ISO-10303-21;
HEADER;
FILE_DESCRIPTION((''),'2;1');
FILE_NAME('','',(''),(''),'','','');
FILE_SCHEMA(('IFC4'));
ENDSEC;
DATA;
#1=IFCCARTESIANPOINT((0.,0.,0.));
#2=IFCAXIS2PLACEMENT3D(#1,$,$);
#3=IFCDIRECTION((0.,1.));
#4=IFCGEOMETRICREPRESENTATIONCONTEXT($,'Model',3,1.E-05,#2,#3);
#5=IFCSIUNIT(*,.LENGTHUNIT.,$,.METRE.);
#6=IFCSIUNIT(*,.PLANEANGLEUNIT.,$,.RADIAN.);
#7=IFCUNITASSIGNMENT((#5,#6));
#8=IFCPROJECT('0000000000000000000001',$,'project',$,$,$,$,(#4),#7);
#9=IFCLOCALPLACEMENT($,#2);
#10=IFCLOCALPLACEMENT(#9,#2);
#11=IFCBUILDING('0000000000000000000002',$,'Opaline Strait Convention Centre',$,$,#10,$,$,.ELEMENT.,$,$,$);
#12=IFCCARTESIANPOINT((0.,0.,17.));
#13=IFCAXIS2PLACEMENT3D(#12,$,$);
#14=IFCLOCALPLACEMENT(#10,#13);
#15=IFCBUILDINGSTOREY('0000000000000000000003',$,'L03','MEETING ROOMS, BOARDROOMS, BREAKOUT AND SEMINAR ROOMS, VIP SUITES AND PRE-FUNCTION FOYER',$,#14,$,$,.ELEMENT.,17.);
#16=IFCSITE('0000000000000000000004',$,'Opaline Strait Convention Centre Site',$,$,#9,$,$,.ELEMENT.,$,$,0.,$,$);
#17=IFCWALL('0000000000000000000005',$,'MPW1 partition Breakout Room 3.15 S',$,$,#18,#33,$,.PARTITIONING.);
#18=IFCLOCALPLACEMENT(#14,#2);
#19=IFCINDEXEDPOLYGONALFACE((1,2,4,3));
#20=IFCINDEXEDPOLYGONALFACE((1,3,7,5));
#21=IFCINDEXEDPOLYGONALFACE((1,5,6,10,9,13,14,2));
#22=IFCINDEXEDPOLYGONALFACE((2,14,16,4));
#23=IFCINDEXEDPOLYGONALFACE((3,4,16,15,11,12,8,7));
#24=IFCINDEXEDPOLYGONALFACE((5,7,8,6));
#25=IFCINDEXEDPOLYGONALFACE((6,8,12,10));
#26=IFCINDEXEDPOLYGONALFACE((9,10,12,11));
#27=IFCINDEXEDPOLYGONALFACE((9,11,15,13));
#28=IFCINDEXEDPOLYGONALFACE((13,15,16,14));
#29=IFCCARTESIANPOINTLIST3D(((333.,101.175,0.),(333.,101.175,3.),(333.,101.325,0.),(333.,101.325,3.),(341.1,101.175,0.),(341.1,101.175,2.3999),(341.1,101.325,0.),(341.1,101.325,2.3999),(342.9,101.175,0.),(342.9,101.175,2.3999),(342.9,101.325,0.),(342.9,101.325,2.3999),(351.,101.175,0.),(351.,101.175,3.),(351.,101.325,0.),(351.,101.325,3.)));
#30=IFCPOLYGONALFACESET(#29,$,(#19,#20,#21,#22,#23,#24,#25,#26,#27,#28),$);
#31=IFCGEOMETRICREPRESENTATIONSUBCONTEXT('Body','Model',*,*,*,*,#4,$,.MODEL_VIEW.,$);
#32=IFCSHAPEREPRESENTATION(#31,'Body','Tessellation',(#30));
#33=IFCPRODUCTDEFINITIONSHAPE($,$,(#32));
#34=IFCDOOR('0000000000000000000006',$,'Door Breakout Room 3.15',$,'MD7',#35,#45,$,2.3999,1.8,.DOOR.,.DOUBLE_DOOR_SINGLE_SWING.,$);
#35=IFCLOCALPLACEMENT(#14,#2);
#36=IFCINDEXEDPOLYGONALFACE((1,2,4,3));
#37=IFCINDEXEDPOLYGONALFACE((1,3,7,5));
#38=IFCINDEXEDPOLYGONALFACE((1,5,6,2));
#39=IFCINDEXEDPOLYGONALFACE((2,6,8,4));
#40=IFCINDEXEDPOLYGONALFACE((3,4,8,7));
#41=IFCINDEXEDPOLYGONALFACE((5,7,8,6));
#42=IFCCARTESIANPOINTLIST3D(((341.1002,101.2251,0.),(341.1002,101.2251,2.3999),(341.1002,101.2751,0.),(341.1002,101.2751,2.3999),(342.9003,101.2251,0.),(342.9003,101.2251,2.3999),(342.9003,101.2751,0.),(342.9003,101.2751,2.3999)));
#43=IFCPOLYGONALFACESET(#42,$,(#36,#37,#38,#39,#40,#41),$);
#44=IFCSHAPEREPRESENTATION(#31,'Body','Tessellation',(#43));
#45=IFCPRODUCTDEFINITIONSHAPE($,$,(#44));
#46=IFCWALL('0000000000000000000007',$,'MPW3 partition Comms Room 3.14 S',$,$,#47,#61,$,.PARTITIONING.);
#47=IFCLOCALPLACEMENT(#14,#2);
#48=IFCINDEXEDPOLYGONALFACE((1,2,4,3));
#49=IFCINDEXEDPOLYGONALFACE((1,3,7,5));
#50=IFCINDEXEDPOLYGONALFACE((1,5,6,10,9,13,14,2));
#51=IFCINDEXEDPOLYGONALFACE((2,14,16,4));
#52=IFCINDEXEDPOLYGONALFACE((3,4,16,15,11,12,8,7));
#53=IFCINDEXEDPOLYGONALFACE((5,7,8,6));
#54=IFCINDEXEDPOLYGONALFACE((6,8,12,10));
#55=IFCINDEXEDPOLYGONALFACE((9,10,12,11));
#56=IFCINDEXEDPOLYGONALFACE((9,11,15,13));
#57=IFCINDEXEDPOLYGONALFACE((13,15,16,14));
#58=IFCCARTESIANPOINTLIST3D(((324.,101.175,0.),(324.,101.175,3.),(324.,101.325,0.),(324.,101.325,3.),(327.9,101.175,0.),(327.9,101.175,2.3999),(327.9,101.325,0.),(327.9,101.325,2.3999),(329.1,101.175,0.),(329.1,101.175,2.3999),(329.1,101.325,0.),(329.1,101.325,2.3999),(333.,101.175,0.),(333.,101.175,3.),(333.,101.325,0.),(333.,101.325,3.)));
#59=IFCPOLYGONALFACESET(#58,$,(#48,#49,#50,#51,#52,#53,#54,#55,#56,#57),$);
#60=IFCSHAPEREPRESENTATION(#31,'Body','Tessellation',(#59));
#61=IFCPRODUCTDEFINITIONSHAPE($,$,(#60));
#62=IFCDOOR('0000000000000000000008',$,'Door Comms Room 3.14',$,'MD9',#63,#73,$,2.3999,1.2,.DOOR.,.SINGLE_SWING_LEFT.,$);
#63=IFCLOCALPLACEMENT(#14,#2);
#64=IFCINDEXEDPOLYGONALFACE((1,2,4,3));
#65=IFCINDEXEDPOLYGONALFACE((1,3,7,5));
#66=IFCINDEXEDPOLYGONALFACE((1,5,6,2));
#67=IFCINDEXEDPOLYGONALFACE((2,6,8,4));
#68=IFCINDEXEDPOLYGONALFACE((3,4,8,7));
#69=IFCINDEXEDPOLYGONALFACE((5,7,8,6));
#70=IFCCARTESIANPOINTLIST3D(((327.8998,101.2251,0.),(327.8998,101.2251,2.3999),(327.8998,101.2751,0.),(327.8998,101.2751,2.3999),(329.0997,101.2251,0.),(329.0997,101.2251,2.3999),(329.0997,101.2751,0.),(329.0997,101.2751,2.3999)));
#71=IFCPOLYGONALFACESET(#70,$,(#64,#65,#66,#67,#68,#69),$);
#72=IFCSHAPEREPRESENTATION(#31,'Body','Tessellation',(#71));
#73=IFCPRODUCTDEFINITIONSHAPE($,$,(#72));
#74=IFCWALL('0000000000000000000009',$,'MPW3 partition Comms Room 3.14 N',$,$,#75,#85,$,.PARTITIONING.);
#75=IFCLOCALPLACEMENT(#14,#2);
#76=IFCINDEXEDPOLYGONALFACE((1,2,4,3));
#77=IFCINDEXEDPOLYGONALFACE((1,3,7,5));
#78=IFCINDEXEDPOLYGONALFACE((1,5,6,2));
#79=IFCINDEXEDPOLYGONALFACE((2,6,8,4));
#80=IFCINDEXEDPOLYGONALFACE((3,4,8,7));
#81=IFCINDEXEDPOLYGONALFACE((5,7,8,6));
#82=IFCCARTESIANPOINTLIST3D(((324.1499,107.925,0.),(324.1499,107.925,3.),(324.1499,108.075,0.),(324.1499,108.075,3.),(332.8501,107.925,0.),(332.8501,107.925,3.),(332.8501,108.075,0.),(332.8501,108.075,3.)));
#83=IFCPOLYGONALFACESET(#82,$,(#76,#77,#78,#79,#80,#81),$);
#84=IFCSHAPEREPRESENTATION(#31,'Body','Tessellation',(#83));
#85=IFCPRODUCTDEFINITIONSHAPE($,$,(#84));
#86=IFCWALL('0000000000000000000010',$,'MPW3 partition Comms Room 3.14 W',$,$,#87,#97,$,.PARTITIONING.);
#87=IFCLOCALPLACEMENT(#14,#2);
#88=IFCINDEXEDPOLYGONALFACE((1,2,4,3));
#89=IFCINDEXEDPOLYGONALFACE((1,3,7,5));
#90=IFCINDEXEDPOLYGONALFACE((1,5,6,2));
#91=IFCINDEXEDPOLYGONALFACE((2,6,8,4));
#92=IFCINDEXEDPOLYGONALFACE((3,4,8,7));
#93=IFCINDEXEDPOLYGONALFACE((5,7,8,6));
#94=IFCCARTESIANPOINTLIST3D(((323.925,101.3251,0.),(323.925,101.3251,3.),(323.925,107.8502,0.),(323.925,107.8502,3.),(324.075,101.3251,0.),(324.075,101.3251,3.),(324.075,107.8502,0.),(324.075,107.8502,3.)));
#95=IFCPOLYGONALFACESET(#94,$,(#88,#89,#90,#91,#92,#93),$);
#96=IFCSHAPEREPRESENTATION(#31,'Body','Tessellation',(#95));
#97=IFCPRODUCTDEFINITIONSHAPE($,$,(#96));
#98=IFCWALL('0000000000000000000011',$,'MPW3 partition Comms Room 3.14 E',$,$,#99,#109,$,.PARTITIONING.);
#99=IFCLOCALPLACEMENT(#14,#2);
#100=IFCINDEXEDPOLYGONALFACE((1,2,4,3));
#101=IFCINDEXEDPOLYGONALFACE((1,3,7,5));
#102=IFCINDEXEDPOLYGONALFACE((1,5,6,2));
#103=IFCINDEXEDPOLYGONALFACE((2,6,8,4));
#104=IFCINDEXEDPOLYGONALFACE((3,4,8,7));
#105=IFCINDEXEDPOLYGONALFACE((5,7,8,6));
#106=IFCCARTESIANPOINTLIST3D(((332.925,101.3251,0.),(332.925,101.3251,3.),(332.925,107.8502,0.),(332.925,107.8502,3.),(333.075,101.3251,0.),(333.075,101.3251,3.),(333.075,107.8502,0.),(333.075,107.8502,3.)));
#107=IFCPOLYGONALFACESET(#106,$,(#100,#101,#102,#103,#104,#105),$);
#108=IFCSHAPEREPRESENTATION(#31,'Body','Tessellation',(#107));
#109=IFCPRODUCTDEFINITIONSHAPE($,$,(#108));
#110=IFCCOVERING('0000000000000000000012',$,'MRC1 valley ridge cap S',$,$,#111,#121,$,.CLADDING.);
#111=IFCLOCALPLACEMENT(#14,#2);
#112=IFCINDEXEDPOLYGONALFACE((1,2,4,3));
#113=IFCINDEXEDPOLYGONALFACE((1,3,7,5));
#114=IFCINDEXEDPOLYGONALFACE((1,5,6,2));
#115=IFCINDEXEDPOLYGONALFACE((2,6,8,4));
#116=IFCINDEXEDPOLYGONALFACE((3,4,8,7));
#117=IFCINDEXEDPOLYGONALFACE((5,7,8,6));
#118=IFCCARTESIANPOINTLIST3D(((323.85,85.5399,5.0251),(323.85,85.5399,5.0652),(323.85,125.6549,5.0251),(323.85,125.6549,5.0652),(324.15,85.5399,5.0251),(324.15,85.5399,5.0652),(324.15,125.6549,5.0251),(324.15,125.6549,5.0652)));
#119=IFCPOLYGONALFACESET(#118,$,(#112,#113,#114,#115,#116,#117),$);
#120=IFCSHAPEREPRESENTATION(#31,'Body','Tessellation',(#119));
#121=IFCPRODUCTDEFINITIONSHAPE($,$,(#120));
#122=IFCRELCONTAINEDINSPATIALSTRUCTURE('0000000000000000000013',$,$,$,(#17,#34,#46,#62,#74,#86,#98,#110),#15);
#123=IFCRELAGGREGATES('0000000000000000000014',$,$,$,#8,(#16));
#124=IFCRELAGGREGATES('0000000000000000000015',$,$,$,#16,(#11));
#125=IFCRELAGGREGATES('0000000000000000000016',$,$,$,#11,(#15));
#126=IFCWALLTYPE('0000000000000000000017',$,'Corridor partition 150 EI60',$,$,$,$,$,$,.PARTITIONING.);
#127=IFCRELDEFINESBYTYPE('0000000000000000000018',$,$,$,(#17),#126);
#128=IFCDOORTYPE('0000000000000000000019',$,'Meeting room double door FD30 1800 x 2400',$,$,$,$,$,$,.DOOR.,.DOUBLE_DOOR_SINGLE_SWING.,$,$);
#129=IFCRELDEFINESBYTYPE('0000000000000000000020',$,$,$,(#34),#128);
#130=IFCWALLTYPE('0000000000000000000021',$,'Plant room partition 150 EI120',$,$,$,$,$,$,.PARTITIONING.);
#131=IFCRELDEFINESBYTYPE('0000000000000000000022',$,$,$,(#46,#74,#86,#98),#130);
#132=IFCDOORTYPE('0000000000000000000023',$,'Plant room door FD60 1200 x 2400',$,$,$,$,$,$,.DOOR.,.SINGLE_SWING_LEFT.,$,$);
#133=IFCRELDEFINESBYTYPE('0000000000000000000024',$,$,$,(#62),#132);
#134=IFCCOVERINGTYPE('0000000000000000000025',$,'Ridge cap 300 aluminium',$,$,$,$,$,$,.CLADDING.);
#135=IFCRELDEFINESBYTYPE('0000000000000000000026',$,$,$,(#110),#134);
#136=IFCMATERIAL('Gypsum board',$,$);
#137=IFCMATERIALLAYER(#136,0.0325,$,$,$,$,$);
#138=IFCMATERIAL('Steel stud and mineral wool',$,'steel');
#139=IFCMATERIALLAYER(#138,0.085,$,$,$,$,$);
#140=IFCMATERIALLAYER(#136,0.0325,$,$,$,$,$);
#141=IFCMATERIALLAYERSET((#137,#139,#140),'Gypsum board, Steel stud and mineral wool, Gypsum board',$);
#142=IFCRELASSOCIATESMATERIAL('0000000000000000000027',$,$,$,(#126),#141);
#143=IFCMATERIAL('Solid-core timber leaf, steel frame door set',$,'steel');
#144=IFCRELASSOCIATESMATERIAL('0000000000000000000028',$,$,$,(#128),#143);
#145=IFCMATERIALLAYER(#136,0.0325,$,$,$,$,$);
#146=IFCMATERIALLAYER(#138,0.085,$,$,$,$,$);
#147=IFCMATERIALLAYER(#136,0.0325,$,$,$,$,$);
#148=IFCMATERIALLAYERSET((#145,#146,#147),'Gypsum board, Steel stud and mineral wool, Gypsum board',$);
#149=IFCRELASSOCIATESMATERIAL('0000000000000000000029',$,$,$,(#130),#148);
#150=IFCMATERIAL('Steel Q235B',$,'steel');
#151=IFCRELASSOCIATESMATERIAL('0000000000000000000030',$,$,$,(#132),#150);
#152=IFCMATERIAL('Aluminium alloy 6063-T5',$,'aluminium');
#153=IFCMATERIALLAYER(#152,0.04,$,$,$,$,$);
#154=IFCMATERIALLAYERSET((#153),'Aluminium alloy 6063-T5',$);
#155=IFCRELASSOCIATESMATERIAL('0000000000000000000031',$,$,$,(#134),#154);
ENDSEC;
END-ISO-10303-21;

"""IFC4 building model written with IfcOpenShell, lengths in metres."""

from ifc_helpers import new_model, si_unit, direction, frame, frame_2d, origin, origin_2d, place, context, subcontext, project, spatial, rectangle, extrude, material, layer, layer_set, type_object, element, fill, save


model = new_model("IFC4")

# Units and contexts
model_context = context("Model", 3, precision=1e-05, world=origin(), true_north=direction((0.0, 1.0)))
body_context = subcontext(model_context, "Body", "Model", "MODEL_VIEW")
ifc_project = project(units=[si_unit("LENGTHUNIT", "METRE"), si_unit("PLANEANGLEUNIT", "RADIAN")], contexts=[model_context])

# Site, building, storey
site_placement = place(None, origin())
site = spatial("IfcSite", under=ifc_project, at=site_placement, Name="Opaline Strait Convention Centre Site", CompositionType="ELEMENT", RefElevation=0.0)
building_placement = place(site_placement, origin())
building = spatial("IfcBuilding", under=site, at=building_placement, Name="Opaline Strait Convention Centre", CompositionType="ELEMENT")
storey_placement = place(building_placement, frame((0.0, 0.0, 17.0)))
storey = spatial("IfcBuildingStorey", under=building, at=storey_placement, Name="L03", Description="MEETING ROOMS, BOARDROOMS, BREAKOUT AND SEMINAR ROOMS, VIP SUITES AND PRE-FUNCTION FOYER", CompositionType="ELEMENT", Elevation=17.0)

# Walls, openings, doors
ifc_material_1 = material(Name="Gypsum board")
ifc_layer_1 = layer(ifc_material_1, 0.0325)
ifc_material_2 = material(Name="Steel stud and mineral wool", Category="steel")
ifc_layer_2 = layer(ifc_material_2, 0.085)
ifc_layer_3 = layer(ifc_material_1, 0.0325)
ifc_layer_set_1 = layer_set([ifc_layer_1, ifc_layer_2, ifc_layer_3], Name="Gypsum board, Steel stud and mineral wool, Gypsum board")
wall_type_1 = type_object("IfcWallType", Name="Corridor partition 150 EI60", PredefinedType="PARTITIONING", material=ifc_layer_set_1)
wall_1_placement = place(storey_placement, frame((333.0, 101.25, 0.0), z_axis=(0.0, 0.0, 1.0), x_axis=(1.0, 0.0, 0.0)))
wall_1 = element("IfcWall", 1, at=wall_1_placement, inside=storey, type_object=wall_type_1, Name="MPW1 partition Breakout Room 3.15 S", PredefinedType="PARTITIONING", context=body_context, shape_type="SweptSolid", body=[
    extrude(rectangle(XDim=18.0, YDim=0.1499, at=frame_2d((9.0, 0.0))), origin(), (0.0, 0.0, 1.0), 3.0),
])
opening_1_placement = place(wall_1_placement, frame((8.1001, 0.0, 0.0)))
opening_1 = element("IfcOpeningElement", 2, at=opening_1_placement, cuts=wall_1, PredefinedType="OPENING", context=body_context, shape_type="SweptSolid", body=[
    extrude(rectangle(XDim=1.8, YDim=2.3999, at=frame_2d((0.8999, 1.2))), frame((0.0, 0.085, 0.0), z_axis=(0.0, -1.0, 0.0), x_axis=(1.0, 0.0, 0.0)), (0.0, 0.0, 1.0), 0.1699),
])
ifc_material_3 = material(Name="Solid-core timber leaf, steel frame door set", Category="steel")
door_type_1 = type_object("IfcDoorType", Name="Meeting room double door FD30 1800 x 2400", OperationType="DOUBLE_DOOR_SINGLE_SWING", PredefinedType="DOOR", material=ifc_material_3)
door_1_placement = place(opening_1_placement, frame((1.8, 0.0, 0.0), z_axis=(0.0, 0.0, 1.0), x_axis=(-1.0, 0.0, 0.0)))
door_1 = element("IfcDoor", 3, at=door_1_placement, inside=storey, type_object=door_type_1, Name="Door Breakout Room 3.15", ObjectType="MD7", OperationType="DOUBLE_DOOR_SINGLE_SWING", OverallHeight=2.3999, OverallWidth=1.8, PredefinedType="DOOR", context=body_context, shape_type="SweptSolid", body=[
    extrude(rectangle(XDim=1.8, YDim=2.3999, at=frame_2d((0.8999, 1.2))), frame((0.0, 0.0249, 0.0), z_axis=(0.0, -1.0, 0.0), x_axis=(1.0, 0.0, 0.0)), (0.0, 0.0, 1.0), 0.05),
])
fill(opening_1, door_1)
ifc_layer_4 = layer(ifc_material_1, 0.0325)
ifc_layer_5 = layer(ifc_material_2, 0.085)
ifc_layer_6 = layer(ifc_material_1, 0.0325)
ifc_layer_set_2 = layer_set([ifc_layer_4, ifc_layer_5, ifc_layer_6], Name="Gypsum board, Steel stud and mineral wool, Gypsum board")
wall_type_2 = type_object("IfcWallType", Name="Plant room partition 150 EI120", PredefinedType="PARTITIONING", material=ifc_layer_set_2)
wall_2_placement = place(storey_placement, frame((324.0, 101.25, 0.0), z_axis=(0.0, 0.0, 1.0), x_axis=(1.0, 0.0, 0.0)))
wall_2 = element("IfcWall", 4, at=wall_2_placement, inside=storey, type_object=wall_type_2, Name="MPW3 partition Comms Room 3.14 S", PredefinedType="PARTITIONING", context=body_context, shape_type="SweptSolid", body=[
    extrude(rectangle(XDim=9.0, YDim=0.1499, at=frame_2d((4.5, 0.0))), origin(), (0.0, 0.0, 1.0), 3.0),
])
opening_2_placement = place(wall_2_placement, frame((3.8999, 0.0, 0.0)))
opening_2 = element("IfcOpeningElement", 5, at=opening_2_placement, cuts=wall_2, PredefinedType="OPENING", context=body_context, shape_type="SweptSolid", body=[
    extrude(rectangle(XDim=1.2, YDim=2.3999, at=frame_2d((0.6001, 1.2))), frame((0.0, 0.085, 0.0), z_axis=(0.0, -1.0, 0.0), x_axis=(1.0, 0.0, 0.0)), (0.0, 0.0, 1.0), 0.1699),
])
ifc_material_4 = material(Name="Steel Q235B", Category="steel")
door_type_2 = type_object("IfcDoorType", Name="Plant room door FD60 1200 x 2400", OperationType="SINGLE_SWING_LEFT", PredefinedType="DOOR", material=ifc_material_4)
door_2_placement = place(opening_2_placement, frame((1.2, 0.0, 0.0), z_axis=(0.0, 0.0, 1.0), x_axis=(-1.0, 0.0, 0.0)))
door_2 = element("IfcDoor", 6, at=door_2_placement, inside=storey, type_object=door_type_2, Name="Door Comms Room 3.14", ObjectType="MD9", OperationType="SINGLE_SWING_LEFT", OverallHeight=2.3999, OverallWidth=1.2, PredefinedType="DOOR", context=body_context, shape_type="SweptSolid", body=[
    extrude(rectangle(XDim=1.2, YDim=2.3999, at=frame_2d((0.6001, 1.2))), frame((0.0, 0.0249, 0.0), z_axis=(0.0, -1.0, 0.0), x_axis=(1.0, 0.0, 0.0)), (0.0, 0.0, 1.0), 0.05),
])
fill(opening_2, door_2)

# Walls
wall_3_placement = place(storey_placement, frame((324.1499, 108.0, 0.0), z_axis=(0.0, 0.0, 1.0), x_axis=(1.0, 0.0, 0.0)))
element("IfcWall", 7, at=wall_3_placement, inside=storey, type_object=wall_type_2, Name="MPW3 partition Comms Room 3.14 N", PredefinedType="PARTITIONING", context=body_context, shape_type="SweptSolid", body=[
    extrude(rectangle(XDim=8.7002, YDim=0.1499, at=frame_2d((4.3501, 0.0))), origin(), (0.0, 0.0, 1.0), 3.0),
])
for number, where, z_axis, x_axis, name in (
    (8, (324.0, 101.325, 0.0), (0.0, 0.0, 1.0), (0.0, 1.0, 0.0), "MPW3 partition Comms Room 3.14 W"),
    (9, (333.0, 101.325, 0.0), (0.0, 0.0, 1.0), (0.0, 1.0, 0.0), "MPW3 partition Comms Room 3.14 E"),
):
    element("IfcWall", number, at=place(storey_placement, frame(where, z_axis=z_axis, x_axis=x_axis)), inside=storey, type_object=wall_type_2, Name=name, PredefinedType="PARTITIONING", context=body_context, shape_type="SweptSolid", body=[
        extrude(rectangle(XDim=6.5251, YDim=0.1499, at=frame_2d((3.2627, 0.0))), origin(), (0.0, 0.0, 1.0), 3.0),
    ])

# Covering
ifc_material_5 = material(Name="Aluminium alloy 6063-T5", Category="aluminium")
ifc_layer_7 = layer(ifc_material_5, 0.04)
ifc_layer_set_3 = layer_set([ifc_layer_7], Name="Aluminium alloy 6063-T5")
covering_type = type_object("IfcCoveringType", Name="Ridge cap 300 aluminium", PredefinedType="CLADDING", material=ifc_layer_set_3)
covering_placement = place(storey_placement, frame((324.0, 105.5974, 5.0251), z_axis=(0.0, 0.0, 1.0), x_axis=(1.0, 0.0, 0.0)))
element("IfcCovering", 10, at=covering_placement, inside=storey, type_object=covering_type, Name="MRC1 valley ridge cap S", PredefinedType="CLADDING", context=body_context, shape_type="SweptSolid", body=[
    extrude(rectangle(XDim=0.3, YDim=40.115, at=origin_2d()), origin(), (0.0, 0.0, 1.0), 0.04),
])

save(model, "model.ifc")
